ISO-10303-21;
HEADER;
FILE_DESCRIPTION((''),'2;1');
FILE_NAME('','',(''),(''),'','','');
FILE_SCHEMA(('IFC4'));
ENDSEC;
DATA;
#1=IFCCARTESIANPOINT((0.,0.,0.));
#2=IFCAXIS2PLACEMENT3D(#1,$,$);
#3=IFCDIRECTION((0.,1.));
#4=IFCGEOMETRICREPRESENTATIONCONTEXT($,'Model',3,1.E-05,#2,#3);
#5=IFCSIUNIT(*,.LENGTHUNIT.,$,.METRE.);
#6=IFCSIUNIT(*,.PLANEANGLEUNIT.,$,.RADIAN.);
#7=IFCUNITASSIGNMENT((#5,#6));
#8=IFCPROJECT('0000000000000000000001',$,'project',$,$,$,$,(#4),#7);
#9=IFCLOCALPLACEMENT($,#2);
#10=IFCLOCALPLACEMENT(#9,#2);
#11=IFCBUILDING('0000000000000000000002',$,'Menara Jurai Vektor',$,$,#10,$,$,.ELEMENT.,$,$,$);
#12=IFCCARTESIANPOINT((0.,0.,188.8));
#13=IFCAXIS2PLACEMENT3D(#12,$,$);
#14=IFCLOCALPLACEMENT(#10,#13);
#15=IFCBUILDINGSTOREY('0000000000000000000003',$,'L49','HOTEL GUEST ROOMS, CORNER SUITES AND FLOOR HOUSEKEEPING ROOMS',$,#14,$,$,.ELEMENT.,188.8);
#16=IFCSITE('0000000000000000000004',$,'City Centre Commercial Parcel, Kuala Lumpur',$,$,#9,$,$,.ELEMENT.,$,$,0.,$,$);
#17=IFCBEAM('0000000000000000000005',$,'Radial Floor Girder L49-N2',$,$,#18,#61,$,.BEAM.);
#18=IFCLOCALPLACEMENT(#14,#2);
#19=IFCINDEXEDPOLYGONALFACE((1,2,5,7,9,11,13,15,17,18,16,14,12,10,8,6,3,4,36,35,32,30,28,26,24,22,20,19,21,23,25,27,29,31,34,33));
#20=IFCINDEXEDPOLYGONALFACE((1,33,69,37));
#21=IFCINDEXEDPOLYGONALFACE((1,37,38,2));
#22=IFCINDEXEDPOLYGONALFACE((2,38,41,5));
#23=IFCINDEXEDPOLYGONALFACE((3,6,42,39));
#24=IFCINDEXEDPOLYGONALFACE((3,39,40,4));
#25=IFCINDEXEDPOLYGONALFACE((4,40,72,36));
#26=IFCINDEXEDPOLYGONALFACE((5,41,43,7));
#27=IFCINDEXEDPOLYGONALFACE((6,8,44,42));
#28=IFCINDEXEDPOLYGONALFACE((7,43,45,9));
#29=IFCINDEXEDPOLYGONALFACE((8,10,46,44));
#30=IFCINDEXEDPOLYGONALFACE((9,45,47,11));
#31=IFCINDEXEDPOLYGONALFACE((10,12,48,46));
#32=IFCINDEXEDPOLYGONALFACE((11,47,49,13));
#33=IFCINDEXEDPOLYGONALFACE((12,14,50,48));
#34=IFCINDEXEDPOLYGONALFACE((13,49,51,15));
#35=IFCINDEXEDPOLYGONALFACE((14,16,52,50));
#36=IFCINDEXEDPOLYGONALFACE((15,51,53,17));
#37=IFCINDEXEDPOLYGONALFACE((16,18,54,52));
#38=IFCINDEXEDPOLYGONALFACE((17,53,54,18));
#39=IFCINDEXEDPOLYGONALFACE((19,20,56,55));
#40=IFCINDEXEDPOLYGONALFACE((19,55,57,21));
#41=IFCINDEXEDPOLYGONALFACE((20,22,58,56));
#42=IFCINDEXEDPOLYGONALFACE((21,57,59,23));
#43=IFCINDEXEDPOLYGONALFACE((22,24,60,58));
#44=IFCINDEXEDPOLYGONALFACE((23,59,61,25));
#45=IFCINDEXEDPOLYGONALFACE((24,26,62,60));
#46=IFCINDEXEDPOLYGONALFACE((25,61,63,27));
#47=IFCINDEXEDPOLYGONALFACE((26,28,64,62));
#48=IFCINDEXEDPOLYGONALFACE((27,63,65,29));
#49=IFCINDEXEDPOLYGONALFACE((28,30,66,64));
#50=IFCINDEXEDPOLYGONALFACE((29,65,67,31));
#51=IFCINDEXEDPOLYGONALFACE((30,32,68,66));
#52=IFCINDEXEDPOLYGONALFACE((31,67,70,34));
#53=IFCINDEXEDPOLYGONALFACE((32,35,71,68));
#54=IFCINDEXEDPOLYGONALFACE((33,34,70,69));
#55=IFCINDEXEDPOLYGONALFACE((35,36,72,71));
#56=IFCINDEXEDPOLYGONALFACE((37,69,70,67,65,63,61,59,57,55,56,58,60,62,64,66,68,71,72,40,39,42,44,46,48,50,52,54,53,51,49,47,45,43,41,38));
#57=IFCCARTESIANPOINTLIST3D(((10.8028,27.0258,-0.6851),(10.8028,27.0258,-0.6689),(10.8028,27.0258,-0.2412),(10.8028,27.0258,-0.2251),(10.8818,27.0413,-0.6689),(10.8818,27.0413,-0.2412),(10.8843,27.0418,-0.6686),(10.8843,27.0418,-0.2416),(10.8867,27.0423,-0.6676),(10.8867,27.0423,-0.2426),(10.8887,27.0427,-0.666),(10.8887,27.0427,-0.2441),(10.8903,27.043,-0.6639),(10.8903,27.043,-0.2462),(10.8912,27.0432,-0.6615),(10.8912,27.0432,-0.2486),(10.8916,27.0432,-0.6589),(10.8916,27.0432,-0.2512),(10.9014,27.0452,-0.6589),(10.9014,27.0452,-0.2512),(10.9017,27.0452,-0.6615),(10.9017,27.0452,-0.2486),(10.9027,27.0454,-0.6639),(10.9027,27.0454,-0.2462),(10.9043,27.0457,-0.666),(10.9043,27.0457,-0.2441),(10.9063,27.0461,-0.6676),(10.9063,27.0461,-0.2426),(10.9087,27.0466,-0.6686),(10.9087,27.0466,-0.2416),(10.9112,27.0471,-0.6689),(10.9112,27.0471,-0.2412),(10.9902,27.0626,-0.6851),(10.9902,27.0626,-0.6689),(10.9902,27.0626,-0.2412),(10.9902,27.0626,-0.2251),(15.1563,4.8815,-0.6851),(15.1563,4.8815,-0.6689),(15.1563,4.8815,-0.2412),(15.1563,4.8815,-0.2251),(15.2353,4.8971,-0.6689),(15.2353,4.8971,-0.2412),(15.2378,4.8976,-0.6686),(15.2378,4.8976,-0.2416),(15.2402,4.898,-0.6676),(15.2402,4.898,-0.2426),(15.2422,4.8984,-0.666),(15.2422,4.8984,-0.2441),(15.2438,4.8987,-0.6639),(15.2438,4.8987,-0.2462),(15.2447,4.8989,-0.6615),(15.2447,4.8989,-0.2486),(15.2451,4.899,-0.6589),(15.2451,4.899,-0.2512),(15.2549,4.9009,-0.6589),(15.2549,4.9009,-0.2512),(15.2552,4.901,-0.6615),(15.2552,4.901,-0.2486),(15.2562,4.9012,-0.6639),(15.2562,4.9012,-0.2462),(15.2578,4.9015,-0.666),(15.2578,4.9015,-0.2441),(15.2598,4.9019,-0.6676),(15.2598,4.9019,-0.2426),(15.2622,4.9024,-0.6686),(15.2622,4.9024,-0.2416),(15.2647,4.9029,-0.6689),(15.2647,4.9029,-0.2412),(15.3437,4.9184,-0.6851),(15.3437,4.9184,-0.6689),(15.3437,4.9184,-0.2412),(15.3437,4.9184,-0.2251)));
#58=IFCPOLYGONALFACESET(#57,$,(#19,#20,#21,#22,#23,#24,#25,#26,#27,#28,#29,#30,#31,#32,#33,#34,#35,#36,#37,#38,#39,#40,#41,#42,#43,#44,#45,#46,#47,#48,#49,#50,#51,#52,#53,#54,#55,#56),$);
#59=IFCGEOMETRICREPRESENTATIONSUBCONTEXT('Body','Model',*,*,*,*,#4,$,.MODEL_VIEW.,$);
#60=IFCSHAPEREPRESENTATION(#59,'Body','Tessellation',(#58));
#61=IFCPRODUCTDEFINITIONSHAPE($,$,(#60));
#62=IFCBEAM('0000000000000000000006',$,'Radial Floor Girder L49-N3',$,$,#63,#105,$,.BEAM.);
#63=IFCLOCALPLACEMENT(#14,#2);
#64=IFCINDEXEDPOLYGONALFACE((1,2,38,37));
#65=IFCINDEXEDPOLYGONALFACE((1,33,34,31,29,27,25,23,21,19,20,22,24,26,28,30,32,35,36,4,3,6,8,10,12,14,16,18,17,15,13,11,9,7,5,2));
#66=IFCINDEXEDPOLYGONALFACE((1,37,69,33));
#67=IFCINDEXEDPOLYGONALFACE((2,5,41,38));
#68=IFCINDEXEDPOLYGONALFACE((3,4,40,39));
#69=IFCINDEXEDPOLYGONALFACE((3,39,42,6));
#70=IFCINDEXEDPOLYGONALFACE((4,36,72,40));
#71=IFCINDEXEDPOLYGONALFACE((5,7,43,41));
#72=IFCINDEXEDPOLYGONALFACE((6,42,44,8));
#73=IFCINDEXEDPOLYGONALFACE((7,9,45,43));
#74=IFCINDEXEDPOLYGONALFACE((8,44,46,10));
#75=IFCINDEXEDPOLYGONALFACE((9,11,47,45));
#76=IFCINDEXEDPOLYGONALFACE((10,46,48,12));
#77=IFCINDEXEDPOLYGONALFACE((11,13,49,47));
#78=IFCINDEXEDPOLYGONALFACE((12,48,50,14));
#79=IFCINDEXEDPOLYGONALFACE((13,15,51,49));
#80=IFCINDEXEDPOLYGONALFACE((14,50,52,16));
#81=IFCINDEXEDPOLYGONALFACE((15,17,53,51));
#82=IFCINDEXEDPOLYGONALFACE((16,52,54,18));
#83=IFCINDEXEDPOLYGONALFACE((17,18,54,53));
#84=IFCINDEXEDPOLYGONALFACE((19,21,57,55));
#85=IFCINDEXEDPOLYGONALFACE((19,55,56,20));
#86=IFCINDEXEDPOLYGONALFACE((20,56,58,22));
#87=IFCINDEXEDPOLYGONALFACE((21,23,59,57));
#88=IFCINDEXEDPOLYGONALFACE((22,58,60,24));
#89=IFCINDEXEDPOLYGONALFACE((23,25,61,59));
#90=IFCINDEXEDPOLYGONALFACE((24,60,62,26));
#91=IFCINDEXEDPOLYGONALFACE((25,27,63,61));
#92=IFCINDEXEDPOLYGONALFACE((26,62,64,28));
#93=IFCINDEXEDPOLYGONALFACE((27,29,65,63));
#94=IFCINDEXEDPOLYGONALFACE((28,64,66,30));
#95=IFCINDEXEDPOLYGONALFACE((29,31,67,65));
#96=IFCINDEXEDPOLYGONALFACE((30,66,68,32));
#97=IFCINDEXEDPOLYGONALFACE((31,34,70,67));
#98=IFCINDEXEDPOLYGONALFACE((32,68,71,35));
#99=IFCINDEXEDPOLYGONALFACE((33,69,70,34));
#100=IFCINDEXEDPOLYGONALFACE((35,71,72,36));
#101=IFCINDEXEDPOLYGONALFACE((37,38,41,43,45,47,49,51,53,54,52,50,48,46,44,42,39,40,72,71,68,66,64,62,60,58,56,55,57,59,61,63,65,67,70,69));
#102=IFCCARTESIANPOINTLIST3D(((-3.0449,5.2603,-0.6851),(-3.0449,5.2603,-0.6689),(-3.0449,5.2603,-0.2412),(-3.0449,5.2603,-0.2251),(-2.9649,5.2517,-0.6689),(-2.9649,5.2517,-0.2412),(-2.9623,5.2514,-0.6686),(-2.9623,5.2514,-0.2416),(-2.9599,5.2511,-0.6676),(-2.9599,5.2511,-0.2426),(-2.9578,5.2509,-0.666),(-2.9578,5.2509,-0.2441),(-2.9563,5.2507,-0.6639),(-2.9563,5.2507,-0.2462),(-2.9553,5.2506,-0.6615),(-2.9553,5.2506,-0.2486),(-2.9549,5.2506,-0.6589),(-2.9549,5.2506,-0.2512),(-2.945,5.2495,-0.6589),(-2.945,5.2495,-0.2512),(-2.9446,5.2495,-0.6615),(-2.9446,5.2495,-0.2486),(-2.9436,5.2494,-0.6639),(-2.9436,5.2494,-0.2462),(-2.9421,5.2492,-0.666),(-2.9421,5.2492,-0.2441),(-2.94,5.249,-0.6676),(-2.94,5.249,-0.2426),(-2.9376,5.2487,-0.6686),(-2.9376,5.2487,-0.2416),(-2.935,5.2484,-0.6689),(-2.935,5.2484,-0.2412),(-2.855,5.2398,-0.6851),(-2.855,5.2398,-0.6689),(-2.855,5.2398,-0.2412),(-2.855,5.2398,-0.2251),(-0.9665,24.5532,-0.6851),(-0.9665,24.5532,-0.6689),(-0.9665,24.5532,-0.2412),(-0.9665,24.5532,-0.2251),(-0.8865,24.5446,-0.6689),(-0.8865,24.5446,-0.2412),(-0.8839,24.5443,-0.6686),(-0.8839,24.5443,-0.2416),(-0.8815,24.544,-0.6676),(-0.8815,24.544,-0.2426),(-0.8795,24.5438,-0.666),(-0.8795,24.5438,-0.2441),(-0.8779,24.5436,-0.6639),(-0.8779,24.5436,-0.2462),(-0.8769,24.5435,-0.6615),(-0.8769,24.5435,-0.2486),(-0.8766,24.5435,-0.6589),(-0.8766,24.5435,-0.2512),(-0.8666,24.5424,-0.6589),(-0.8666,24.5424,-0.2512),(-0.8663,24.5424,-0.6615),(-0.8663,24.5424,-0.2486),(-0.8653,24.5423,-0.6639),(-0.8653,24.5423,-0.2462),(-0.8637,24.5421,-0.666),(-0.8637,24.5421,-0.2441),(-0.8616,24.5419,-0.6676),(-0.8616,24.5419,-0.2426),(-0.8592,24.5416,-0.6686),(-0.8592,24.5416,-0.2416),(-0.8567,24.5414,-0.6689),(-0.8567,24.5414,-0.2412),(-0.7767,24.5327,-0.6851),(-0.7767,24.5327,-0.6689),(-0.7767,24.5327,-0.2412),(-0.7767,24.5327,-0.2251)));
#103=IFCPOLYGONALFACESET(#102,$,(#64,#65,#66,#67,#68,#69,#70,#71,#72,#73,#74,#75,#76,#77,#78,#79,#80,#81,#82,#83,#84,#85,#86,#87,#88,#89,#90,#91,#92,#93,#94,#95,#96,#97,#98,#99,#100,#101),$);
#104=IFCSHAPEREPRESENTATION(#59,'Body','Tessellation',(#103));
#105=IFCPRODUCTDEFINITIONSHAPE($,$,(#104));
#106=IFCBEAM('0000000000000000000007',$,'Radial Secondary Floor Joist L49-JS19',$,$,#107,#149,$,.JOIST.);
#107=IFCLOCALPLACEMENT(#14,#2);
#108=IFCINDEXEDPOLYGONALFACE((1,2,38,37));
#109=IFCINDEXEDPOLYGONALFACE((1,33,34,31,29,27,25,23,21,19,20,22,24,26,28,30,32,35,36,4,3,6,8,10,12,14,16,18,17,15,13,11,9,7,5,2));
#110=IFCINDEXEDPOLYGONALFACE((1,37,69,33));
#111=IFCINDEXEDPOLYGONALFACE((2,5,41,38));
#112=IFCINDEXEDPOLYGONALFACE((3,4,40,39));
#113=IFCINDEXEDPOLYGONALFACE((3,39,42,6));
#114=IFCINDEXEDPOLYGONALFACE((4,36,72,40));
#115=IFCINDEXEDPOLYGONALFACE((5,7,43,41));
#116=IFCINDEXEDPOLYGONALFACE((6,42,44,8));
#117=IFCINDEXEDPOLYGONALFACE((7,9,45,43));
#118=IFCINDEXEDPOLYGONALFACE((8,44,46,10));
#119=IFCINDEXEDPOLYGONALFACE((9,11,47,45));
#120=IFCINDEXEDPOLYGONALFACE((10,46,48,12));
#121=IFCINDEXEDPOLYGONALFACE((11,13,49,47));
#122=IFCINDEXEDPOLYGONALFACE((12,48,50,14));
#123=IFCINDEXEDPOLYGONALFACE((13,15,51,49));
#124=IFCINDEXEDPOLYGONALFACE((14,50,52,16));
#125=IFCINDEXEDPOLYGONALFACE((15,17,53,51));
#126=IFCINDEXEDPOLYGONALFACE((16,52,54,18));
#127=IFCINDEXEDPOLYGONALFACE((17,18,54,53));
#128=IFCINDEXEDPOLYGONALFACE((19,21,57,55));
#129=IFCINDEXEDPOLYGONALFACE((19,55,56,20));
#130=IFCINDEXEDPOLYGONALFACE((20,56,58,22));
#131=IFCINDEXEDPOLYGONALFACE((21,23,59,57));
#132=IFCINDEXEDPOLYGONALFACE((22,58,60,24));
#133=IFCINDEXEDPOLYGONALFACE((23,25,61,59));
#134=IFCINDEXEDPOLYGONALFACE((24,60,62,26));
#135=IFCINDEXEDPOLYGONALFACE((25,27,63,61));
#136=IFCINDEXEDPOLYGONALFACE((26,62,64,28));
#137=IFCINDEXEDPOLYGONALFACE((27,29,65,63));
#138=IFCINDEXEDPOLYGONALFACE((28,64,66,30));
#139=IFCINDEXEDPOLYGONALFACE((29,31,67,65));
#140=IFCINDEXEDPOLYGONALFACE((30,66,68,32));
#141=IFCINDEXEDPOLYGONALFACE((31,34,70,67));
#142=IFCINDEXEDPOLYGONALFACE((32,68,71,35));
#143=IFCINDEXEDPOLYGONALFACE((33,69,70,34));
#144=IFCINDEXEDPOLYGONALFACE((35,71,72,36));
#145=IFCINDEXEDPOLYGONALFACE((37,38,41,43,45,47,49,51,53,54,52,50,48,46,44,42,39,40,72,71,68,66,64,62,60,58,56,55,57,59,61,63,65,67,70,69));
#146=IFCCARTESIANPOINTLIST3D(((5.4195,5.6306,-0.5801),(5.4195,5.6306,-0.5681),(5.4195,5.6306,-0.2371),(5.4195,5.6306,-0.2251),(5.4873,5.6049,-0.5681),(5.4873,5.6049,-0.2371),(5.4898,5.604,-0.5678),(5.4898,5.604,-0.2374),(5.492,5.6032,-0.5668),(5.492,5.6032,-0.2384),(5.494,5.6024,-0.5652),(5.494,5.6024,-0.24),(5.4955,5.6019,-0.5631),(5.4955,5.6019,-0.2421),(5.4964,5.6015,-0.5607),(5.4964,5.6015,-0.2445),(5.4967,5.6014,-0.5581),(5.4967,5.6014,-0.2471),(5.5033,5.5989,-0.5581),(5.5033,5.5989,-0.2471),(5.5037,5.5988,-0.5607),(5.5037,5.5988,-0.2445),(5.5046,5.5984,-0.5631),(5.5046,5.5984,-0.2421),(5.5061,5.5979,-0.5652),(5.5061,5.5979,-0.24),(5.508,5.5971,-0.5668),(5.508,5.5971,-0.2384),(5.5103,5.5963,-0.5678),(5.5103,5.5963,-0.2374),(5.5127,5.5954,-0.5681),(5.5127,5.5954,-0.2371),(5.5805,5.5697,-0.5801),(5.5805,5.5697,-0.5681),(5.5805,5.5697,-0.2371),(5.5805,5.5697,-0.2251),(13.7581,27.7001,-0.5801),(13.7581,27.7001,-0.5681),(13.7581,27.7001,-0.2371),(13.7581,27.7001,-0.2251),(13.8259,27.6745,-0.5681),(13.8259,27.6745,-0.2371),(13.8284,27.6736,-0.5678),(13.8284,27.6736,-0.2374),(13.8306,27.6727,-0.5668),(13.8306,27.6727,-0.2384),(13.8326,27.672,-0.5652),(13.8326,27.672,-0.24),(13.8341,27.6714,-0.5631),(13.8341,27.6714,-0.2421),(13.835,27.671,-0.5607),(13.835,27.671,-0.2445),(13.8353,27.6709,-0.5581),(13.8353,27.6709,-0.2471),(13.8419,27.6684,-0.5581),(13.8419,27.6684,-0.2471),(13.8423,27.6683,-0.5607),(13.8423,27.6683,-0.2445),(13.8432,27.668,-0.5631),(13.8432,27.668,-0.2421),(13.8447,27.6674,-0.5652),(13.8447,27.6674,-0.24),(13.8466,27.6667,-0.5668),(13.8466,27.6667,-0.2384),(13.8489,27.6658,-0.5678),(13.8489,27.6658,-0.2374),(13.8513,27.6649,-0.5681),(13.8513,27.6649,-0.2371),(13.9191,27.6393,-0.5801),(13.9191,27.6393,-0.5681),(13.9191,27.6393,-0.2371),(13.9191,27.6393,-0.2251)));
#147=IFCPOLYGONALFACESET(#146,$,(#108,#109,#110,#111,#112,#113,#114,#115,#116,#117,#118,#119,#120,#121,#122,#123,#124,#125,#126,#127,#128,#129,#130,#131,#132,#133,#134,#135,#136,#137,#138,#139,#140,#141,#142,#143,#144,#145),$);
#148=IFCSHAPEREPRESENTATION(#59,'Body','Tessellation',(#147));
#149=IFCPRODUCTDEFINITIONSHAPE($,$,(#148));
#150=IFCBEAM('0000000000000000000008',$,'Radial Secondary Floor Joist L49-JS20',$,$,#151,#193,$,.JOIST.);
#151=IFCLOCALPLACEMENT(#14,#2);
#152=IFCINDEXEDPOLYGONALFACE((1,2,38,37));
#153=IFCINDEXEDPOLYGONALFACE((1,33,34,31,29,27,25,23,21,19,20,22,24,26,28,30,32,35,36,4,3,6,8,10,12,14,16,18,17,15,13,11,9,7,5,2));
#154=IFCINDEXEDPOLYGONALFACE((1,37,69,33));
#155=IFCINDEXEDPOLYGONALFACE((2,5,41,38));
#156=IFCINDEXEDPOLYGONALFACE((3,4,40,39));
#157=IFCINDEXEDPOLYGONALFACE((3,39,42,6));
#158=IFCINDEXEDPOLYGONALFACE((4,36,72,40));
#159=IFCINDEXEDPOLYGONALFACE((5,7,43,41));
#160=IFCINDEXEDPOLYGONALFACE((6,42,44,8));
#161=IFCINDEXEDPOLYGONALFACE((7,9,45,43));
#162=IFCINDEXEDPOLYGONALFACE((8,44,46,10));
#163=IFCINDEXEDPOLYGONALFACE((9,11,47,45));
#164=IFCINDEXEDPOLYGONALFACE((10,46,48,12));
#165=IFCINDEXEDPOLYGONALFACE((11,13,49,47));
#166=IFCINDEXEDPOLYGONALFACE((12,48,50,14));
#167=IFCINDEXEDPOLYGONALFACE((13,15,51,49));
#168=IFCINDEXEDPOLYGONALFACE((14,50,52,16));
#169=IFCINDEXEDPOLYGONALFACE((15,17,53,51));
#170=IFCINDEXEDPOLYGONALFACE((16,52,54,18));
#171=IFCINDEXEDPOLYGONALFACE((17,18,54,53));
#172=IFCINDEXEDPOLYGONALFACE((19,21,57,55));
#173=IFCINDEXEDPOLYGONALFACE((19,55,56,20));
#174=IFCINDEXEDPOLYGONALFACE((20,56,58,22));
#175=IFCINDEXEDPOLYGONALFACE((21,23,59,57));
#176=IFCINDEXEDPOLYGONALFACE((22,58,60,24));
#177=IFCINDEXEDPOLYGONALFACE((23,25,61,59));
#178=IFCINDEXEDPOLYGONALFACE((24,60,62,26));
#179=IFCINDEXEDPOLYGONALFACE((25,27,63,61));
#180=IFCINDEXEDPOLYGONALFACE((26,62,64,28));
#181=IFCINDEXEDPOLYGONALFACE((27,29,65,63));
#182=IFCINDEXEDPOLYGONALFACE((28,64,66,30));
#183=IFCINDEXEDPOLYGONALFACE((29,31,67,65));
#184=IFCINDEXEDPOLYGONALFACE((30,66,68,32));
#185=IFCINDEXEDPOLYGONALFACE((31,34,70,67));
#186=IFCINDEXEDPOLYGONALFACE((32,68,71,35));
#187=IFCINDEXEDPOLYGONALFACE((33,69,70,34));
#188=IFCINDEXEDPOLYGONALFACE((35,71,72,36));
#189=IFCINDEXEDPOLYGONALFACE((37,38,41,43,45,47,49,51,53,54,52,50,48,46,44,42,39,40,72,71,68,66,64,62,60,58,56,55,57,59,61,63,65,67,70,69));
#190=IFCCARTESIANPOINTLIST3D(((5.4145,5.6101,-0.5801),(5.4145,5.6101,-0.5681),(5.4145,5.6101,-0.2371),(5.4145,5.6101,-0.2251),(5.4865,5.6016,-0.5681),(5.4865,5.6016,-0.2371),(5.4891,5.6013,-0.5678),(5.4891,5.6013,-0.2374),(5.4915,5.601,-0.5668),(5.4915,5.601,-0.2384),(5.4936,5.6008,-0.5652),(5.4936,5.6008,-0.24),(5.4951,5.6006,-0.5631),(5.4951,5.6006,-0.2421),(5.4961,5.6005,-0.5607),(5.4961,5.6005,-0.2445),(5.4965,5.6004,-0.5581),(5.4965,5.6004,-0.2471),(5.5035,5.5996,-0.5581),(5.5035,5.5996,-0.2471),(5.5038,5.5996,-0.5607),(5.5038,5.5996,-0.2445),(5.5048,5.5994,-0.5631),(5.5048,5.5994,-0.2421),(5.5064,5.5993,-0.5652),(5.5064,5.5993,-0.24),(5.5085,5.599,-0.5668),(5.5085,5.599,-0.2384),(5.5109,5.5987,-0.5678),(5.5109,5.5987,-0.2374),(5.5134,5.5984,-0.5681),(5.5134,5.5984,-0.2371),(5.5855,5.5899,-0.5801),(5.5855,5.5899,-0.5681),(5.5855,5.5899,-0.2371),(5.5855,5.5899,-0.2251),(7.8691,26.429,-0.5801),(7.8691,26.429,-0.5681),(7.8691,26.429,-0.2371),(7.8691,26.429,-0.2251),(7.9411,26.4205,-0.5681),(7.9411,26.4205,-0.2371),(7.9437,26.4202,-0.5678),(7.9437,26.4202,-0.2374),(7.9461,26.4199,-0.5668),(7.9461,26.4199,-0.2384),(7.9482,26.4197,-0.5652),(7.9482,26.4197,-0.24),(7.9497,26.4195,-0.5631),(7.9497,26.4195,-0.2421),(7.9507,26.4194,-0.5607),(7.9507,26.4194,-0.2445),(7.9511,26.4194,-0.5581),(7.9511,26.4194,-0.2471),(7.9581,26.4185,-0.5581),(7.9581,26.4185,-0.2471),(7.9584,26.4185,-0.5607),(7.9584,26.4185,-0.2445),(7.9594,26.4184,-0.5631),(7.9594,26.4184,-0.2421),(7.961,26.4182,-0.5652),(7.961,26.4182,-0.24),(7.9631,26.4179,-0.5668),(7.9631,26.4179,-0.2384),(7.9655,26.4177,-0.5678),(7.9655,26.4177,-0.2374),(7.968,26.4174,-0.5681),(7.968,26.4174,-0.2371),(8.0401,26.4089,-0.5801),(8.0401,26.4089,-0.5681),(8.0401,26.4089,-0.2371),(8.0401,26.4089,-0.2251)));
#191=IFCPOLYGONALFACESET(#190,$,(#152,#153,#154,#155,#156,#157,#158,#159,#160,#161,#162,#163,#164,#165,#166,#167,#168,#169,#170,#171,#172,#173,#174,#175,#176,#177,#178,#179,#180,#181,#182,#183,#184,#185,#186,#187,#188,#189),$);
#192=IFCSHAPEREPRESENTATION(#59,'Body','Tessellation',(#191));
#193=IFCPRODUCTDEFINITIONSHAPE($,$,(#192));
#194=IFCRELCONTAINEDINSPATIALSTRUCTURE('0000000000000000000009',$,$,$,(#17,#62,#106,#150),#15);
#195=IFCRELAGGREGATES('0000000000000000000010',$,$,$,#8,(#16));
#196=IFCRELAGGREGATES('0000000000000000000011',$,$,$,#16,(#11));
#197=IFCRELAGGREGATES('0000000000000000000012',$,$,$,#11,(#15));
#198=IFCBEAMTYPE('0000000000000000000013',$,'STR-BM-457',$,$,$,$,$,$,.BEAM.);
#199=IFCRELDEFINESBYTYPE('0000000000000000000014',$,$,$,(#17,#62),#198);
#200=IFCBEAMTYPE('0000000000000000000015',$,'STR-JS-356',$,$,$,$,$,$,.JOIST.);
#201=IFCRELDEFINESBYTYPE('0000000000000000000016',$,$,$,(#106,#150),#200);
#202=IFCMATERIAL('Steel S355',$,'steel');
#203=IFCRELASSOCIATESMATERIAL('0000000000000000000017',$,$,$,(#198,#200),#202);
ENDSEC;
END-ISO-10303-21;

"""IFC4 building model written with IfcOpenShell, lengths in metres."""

from ifc_helpers import new_model, si_unit, direction, frame, origin, origin_2d, place, context, subcontext, project, spatial, i_section, extrude, material, material_profile, profile_set, type_object, element, save


model = new_model("IFC4")

# Units and contexts
model_context = context("Model", 3, precision=1e-05, world=origin(), true_north=direction((0.0, 1.0)))
body_context = subcontext(model_context, "Body", "Model", "MODEL_VIEW")
ifc_project = project(units=[si_unit("LENGTHUNIT", "METRE"), si_unit("PLANEANGLEUNIT", "RADIAN")], contexts=[model_context])

# Site, building, storey
site_placement = place(None, origin())
site = spatial("IfcSite", under=ifc_project, at=site_placement, Name="City Centre Commercial Parcel, Kuala Lumpur", CompositionType="ELEMENT", RefElevation=0.0)
building_placement = place(site_placement, origin())
building = spatial("IfcBuilding", under=site, at=building_placement, Name="Menara Jurai Vektor", CompositionType="ELEMENT")
storey_placement = place(building_placement, frame((0.0, 0.0, 188.8)))
storey = spatial("IfcBuildingStorey", under=building, at=storey_placement, Name="L49", Description="HOTEL GUEST ROOMS, CORNER SUITES AND FLOOR HOUSEKEEPING ROOMS", CompositionType="ELEMENT", Elevation=188.8)

# Beams
ifc_material_1 = material(Name="Steel S355", Category="steel")
ifc_material_profile_1 = material_profile(ifc_material_1, i_section(OverallWidth=0.1909, OverallDepth=0.46, WebThickness=0.01, FlangeThickness=0.0161, FilletRadius=0.01, at=origin_2d()), Name="UKB 457x191x82")
ifc_profile_set_1 = profile_set([ifc_material_profile_1], Name="Steel S355")
beam_type_1 = type_object("IfcBeamType", Name="STR-BM-457", PredefinedType="BEAM", material=ifc_profile_set_1)
beam_1_placement = place(storey_placement, frame((10.8965, 27.0442, -0.4551), z_axis=(0.192905, -0.981217, 0.0), x_axis=(0.981217, 0.192905, 0.0)))
element("IfcBeam", 1, at=beam_1_placement, inside=storey, type_object=beam_type_1, Name="Radial Floor Girder L49-N2", PredefinedType="BEAM", context=body_context, shape_type="SweptSolid", body=[
    extrude(i_section(OverallWidth=0.1909, OverallDepth=0.46, WebThickness=0.01, FlangeThickness=0.0161, FilletRadius=0.01, at=origin_2d()), origin(), (0.0, 0.0, 1.0), 22.5681),
])
beam_2_placement = place(storey_placement, frame((-0.8716, 24.543, -0.4551), z_axis=(-0.107107, -0.994247, 0.0), x_axis=(0.994247, -0.107107, 0.0)))
element("IfcBeam", 2, at=beam_2_placement, inside=storey, type_object=beam_type_1, Name="Radial Floor Girder L49-N3", PredefinedType="BEAM", context=body_context, shape_type="SweptSolid", body=[
    extrude(i_section(OverallWidth=0.1909, OverallDepth=0.46, WebThickness=0.01, FlangeThickness=0.0161, FilletRadius=0.01, at=origin_2d()), origin(), (0.0, 0.0, 1.0), 19.4045),
])
ifc_material_profile_2 = material_profile(ifc_material_1, i_section(OverallWidth=0.1721, OverallDepth=0.355, WebThickness=0.0071, FlangeThickness=0.012, FilletRadius=0.01, at=origin_2d()), Name="UKB 356x171x51")
ifc_profile_set_2 = profile_set([ifc_material_profile_2], Name="Steel S355")
beam_type_2 = type_object("IfcBeamType", Name="STR-JS-356", PredefinedType="JOIST", material=ifc_profile_set_2)
beam_3_placement = place(storey_placement, frame((13.8386, 27.6697, -0.4026), z_axis=(-0.353446, -0.935455, 0.0), x_axis=(0.935455, -0.353446, 0.0)))
element("IfcBeam", 3, at=beam_3_placement, inside=storey, type_object=beam_type_2, Name="Radial Secondary Floor Joist L49-JS19", PredefinedType="JOIST", context=body_context, shape_type="SweptSolid", body=[
    extrude(i_section(OverallWidth=0.1721, OverallDepth=0.355, WebThickness=0.0071, FlangeThickness=0.012, FilletRadius=0.01, at=origin_2d()), origin(), (0.0, 0.0, 1.0), 23.5923),
])
beam_4_placement = place(storey_placement, frame((7.9546, 26.4189, -0.4026), z_axis=(-0.117091, -0.993121, 0.0), x_axis=(0.993121, -0.117091, 0.0)))
element("IfcBeam", 4, at=beam_4_placement, inside=storey, type_object=beam_type_2, Name="Radial Secondary Floor Joist L49-JS20", PredefinedType="JOIST", context=body_context, shape_type="SweptSolid", body=[
    extrude(i_section(OverallWidth=0.1721, OverallDepth=0.355, WebThickness=0.0071, FlangeThickness=0.012, FilletRadius=0.01, at=origin_2d()), origin(), (0.0, 0.0, 1.0), 20.9631),
])

save(model, "model.ifc")
